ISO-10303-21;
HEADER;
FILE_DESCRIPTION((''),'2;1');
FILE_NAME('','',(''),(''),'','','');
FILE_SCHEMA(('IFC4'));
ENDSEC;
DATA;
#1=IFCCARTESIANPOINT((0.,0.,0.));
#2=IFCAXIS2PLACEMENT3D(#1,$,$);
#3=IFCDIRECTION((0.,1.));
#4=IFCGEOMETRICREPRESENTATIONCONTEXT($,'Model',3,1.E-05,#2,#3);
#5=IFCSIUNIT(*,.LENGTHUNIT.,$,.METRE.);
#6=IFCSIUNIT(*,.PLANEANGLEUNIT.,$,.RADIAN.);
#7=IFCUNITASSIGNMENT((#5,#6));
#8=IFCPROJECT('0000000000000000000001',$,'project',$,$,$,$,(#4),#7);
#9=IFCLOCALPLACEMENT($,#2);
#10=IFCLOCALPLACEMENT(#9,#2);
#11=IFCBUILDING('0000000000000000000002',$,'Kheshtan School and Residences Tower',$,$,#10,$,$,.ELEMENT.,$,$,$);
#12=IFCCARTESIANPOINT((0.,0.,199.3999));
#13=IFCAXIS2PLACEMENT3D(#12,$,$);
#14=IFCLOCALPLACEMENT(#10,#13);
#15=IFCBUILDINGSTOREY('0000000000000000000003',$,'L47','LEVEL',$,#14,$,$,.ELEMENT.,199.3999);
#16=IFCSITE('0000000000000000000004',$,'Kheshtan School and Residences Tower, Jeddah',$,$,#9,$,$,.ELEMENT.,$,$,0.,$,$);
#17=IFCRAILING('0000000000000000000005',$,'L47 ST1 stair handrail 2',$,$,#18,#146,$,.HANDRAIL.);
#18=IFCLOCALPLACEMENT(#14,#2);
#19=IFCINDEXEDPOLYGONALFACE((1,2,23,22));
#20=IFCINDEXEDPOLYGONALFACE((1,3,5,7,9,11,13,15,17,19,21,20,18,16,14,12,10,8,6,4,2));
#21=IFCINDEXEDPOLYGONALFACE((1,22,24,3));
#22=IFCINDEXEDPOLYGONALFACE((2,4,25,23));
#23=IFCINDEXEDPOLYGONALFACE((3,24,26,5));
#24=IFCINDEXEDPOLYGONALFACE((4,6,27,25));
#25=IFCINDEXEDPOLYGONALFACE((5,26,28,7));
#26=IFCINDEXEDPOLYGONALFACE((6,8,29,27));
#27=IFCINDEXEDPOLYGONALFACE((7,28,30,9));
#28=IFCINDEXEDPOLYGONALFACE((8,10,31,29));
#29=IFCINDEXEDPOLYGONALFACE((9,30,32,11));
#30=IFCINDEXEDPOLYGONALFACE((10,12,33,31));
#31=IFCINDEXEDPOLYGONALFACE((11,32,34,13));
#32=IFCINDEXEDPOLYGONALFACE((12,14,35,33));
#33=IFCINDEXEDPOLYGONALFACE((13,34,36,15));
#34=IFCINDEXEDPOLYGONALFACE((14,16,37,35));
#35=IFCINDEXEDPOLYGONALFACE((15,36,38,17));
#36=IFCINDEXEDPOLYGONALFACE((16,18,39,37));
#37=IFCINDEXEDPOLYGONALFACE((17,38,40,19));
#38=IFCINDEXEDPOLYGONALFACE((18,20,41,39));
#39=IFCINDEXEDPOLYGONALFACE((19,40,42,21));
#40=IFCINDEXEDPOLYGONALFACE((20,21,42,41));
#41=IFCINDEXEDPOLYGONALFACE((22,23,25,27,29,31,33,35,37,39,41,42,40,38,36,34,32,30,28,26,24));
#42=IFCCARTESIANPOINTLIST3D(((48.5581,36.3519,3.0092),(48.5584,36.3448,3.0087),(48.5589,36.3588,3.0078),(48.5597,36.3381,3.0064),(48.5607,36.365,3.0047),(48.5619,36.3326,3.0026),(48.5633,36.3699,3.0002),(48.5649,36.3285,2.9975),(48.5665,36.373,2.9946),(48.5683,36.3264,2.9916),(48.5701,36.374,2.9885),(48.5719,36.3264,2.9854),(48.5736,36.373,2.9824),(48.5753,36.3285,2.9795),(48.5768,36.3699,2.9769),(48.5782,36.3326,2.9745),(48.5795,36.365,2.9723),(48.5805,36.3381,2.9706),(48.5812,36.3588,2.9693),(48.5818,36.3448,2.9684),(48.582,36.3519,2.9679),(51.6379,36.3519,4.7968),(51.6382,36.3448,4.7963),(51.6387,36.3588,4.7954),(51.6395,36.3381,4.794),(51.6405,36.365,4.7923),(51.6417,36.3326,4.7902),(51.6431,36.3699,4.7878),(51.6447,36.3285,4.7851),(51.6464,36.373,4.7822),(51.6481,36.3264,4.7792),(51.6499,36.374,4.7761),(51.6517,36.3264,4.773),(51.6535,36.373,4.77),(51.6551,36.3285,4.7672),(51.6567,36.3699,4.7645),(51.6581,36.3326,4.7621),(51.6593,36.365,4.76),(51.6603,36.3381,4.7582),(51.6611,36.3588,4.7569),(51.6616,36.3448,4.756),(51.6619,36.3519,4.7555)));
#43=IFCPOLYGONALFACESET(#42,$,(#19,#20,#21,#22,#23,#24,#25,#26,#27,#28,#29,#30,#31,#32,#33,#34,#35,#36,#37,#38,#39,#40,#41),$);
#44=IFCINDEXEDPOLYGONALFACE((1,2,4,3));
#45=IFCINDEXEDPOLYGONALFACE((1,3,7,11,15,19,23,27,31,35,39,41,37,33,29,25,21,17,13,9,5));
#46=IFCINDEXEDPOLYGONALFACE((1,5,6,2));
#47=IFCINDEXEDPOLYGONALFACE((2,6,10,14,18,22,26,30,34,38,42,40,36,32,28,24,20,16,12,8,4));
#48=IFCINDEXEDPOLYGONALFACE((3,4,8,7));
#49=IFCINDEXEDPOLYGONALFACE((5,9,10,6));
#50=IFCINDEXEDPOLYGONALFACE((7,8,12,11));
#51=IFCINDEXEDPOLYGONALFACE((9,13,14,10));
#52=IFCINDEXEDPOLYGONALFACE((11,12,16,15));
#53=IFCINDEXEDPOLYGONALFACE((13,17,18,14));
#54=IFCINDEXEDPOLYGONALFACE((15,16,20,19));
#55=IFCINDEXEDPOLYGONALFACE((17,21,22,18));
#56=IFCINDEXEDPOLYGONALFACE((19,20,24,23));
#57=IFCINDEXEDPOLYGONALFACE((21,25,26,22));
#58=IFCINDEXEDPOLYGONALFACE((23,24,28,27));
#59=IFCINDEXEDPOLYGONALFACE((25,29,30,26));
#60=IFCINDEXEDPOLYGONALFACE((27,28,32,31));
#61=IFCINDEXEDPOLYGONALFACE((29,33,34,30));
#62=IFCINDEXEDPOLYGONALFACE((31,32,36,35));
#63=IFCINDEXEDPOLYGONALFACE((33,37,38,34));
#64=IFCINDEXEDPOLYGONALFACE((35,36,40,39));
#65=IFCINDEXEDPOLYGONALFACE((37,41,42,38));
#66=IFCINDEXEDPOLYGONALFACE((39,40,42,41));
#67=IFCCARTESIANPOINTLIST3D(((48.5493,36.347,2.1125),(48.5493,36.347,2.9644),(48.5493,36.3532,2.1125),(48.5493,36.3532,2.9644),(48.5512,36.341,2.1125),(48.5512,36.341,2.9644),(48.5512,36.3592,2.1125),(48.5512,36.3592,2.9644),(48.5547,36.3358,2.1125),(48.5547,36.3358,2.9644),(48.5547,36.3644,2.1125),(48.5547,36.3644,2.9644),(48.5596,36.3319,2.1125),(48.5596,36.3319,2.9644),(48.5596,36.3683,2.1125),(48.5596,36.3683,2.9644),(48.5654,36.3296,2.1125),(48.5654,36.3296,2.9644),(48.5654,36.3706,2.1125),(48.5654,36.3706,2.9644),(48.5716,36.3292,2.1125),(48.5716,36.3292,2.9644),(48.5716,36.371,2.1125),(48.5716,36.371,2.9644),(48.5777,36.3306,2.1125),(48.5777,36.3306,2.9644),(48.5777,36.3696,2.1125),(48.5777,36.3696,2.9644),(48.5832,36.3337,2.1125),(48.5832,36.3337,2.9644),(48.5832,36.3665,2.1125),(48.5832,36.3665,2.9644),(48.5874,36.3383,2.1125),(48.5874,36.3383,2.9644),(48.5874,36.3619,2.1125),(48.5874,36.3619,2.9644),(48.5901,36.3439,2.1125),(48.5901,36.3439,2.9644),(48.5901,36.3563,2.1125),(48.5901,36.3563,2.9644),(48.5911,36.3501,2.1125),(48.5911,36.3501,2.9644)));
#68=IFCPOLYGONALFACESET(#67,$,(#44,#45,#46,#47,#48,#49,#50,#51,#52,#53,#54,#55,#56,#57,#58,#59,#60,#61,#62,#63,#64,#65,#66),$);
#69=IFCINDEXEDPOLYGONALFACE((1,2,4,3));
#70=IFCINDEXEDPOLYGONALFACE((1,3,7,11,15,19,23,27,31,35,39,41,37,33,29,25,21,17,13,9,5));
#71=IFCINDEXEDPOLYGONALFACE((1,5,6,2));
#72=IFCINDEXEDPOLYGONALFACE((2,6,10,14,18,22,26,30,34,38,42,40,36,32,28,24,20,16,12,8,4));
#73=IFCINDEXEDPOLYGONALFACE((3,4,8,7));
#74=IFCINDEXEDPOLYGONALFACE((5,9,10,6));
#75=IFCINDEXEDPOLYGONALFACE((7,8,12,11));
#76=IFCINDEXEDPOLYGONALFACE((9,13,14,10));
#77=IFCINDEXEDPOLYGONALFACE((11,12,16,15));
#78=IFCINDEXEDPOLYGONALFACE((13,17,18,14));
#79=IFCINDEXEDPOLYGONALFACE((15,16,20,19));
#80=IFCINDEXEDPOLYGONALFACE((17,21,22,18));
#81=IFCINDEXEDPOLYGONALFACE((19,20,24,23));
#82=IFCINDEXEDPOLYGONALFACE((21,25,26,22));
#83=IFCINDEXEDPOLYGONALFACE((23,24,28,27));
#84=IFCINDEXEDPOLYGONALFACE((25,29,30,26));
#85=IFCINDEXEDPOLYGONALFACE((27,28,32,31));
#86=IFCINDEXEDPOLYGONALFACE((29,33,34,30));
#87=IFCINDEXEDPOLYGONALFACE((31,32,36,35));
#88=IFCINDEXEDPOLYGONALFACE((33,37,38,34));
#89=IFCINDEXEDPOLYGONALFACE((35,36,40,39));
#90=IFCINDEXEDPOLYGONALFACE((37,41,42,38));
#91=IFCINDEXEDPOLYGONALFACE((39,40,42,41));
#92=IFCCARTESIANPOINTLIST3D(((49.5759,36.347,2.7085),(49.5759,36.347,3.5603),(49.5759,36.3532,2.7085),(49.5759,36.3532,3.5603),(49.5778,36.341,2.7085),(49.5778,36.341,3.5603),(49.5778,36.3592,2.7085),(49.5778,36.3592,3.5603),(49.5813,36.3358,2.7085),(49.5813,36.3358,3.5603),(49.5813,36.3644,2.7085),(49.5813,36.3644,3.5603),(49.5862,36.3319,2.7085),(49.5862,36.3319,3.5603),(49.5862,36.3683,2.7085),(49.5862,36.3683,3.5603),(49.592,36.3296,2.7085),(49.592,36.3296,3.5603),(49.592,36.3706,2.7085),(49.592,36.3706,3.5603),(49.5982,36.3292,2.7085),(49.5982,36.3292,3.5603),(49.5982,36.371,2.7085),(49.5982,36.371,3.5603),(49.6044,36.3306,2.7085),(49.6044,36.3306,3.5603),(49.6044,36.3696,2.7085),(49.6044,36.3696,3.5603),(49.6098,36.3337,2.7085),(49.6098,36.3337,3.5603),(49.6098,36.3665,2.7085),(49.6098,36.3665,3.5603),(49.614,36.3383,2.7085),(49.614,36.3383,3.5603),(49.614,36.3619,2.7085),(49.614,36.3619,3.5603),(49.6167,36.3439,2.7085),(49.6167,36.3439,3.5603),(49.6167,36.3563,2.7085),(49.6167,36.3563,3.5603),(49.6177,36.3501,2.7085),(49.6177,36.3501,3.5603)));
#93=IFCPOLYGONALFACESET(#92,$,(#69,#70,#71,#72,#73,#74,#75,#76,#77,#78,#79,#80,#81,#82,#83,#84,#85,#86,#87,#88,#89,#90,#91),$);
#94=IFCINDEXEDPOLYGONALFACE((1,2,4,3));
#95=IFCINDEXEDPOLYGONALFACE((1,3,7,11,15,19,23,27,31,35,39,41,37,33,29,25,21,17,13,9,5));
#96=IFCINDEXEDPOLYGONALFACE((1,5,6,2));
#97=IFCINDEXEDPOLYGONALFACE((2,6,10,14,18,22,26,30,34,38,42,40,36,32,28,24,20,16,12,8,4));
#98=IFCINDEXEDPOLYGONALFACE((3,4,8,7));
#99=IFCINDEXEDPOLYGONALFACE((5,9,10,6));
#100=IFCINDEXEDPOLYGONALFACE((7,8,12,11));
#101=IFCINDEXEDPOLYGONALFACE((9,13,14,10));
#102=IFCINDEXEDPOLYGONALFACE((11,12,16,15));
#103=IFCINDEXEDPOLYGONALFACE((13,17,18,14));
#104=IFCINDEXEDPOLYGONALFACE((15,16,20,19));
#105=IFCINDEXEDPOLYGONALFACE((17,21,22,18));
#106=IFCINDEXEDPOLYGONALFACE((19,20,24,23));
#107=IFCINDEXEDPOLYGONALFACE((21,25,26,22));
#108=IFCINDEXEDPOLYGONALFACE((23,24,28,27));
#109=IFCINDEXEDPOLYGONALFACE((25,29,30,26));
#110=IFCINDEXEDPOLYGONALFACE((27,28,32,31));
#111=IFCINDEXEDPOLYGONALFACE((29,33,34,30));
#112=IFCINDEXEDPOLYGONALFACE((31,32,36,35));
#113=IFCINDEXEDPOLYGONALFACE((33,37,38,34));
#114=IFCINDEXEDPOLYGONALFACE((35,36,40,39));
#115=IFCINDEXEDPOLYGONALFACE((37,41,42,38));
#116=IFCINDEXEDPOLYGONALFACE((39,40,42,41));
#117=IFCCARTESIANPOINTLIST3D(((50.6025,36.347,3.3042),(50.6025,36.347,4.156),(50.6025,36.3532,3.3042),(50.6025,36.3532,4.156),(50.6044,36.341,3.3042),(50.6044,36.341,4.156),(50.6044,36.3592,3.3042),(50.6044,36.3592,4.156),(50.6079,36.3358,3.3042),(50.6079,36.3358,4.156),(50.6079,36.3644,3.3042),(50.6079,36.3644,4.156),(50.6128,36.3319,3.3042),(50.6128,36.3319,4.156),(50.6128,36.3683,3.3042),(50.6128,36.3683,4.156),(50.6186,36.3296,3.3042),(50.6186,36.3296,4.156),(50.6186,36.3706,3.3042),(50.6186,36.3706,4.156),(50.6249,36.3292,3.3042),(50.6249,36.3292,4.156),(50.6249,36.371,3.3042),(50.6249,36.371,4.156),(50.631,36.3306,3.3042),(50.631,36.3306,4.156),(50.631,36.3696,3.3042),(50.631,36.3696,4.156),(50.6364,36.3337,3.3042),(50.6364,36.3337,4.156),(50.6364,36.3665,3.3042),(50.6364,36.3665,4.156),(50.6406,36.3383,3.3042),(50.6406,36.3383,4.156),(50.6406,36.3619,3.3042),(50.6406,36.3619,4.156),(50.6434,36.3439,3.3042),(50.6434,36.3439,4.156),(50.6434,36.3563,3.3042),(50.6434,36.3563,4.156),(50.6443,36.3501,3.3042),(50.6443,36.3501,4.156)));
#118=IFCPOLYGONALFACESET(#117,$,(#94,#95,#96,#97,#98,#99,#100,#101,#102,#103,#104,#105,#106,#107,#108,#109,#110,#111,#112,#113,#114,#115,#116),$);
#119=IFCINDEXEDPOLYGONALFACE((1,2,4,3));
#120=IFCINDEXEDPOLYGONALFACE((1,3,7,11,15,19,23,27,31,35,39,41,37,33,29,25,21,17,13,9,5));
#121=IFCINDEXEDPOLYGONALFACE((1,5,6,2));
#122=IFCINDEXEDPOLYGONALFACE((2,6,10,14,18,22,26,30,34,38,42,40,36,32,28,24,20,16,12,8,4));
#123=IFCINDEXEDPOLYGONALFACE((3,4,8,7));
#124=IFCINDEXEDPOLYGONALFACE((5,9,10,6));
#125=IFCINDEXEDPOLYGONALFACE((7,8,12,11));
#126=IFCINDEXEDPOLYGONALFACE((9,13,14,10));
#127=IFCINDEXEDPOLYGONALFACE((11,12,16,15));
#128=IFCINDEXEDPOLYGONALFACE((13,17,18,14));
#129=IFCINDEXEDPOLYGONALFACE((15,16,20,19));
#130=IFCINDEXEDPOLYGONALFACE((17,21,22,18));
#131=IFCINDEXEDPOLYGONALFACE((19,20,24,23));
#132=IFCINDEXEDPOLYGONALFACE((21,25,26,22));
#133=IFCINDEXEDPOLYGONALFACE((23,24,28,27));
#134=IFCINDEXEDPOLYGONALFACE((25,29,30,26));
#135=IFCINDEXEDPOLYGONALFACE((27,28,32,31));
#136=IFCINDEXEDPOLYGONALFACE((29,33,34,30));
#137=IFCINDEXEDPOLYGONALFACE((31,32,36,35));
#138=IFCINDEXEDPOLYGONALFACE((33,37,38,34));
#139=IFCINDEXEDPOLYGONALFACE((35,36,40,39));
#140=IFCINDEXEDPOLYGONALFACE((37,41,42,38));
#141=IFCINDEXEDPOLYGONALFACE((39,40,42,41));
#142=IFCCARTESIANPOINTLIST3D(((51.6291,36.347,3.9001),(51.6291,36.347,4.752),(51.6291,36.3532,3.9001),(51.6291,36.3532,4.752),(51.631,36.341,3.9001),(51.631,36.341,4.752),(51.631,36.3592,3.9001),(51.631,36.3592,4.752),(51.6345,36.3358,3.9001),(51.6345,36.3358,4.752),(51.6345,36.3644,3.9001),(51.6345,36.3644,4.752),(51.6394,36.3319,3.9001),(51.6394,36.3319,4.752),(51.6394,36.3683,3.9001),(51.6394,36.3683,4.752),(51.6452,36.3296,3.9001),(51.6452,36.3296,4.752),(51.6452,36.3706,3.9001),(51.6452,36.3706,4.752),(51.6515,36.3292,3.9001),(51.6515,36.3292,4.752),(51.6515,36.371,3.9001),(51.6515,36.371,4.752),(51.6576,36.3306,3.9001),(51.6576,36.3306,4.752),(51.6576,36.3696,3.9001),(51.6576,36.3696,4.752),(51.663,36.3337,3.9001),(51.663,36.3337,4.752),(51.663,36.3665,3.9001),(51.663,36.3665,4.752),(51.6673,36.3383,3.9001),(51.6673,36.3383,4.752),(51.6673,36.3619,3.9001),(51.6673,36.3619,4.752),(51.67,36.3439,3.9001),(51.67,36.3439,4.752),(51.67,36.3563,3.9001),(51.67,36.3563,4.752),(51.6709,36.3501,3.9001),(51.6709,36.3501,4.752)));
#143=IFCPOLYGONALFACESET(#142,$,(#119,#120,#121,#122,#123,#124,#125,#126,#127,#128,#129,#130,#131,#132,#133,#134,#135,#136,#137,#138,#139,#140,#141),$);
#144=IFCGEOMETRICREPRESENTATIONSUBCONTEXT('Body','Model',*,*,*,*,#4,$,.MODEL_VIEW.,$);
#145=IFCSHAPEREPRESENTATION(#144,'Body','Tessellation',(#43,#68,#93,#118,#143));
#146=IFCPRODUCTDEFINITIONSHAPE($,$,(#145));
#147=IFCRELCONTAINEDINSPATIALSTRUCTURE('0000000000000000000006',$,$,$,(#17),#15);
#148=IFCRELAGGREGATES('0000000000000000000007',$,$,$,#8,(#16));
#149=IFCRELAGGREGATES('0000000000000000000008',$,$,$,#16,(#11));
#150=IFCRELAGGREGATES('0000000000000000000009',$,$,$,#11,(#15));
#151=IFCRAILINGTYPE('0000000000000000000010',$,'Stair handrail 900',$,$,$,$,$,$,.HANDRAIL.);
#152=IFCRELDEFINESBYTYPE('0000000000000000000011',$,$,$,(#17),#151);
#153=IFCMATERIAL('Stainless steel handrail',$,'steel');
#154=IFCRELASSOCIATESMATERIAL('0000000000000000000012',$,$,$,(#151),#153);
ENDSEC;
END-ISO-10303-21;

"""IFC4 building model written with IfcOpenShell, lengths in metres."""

from ifc_helpers import new_model, si_unit, direction, frame, origin, origin_2d, place, context, subcontext, project, spatial, circle, extrude, material, type_object, element, save


model = new_model("IFC4")

# Units and contexts
model_context = context("Model", 3, precision=1e-05, world=origin(), true_north=direction((0.0, 1.0)))
body_context = subcontext(model_context, "Body", "Model", "MODEL_VIEW")
ifc_project = project(units=[si_unit("LENGTHUNIT", "METRE"), si_unit("PLANEANGLEUNIT", "RADIAN")], contexts=[model_context])

# Site, building, storey
site_placement = place(None, origin())
site = spatial("IfcSite", under=ifc_project, at=site_placement, Name="Kheshtan School and Residences Tower, Jeddah", CompositionType="ELEMENT", RefElevation=0.0)
building_placement = place(site_placement, origin())
building = spatial("IfcBuilding", under=site, at=building_placement, Name="Kheshtan School and Residences Tower", CompositionType="ELEMENT")
storey_placement = place(building_placement, frame((0.0, 0.0, 199.3999)))
storey = spatial("IfcBuildingStorey", under=building, at=storey_placement, Name="L47", Description="LEVEL", CompositionType="ELEMENT", Elevation=199.3999)

# Railing
ifc_material_1 = material(Name="Stainless steel handrail", Category="steel")
railing_type_1 = type_object("IfcRailingType", Name="Stair handrail 900", PredefinedType="HANDRAIL", material=ifc_material_1)
railing_1_placement = place(storey_placement, frame((48.5701, 36.3501, 2.1125)))
element("IfcRailing", 1, at=railing_1_placement, inside=storey, type_object=railing_type_1, Name="L47 ST1 stair handrail 2", PredefinedType="HANDRAIL", context=body_context, shape_type="SweptSolid", body=[
    extrude(circle(Radius=0.0239, at=origin_2d()), frame((0.0, 0.0, 0.876), z_axis=(0.864873, 0.0, 0.50199), x_axis=(0.0, 1.0, 0.0)), (0.0, 0.0, 1.0), 3.561),
    extrude(circle(Radius=0.021, at=origin_2d()), origin(), (0.0, 0.0, 1.0), 0.8518),
    extrude(circle(Radius=0.021, at=origin_2d()), frame((1.0266, 0.0, 0.5959)), (0.0, 0.0, 1.0), 0.8518),
    extrude(circle(Radius=0.021, at=origin_2d()), frame((2.0532, 0.0, 1.1917)), (0.0, 0.0, 1.0), 0.8518),
    extrude(circle(Radius=0.021, at=origin_2d()), frame((3.0798, 0.0, 1.7876)), (0.0, 0.0, 1.0), 0.8518),
])

save(model, "model.ifc")
